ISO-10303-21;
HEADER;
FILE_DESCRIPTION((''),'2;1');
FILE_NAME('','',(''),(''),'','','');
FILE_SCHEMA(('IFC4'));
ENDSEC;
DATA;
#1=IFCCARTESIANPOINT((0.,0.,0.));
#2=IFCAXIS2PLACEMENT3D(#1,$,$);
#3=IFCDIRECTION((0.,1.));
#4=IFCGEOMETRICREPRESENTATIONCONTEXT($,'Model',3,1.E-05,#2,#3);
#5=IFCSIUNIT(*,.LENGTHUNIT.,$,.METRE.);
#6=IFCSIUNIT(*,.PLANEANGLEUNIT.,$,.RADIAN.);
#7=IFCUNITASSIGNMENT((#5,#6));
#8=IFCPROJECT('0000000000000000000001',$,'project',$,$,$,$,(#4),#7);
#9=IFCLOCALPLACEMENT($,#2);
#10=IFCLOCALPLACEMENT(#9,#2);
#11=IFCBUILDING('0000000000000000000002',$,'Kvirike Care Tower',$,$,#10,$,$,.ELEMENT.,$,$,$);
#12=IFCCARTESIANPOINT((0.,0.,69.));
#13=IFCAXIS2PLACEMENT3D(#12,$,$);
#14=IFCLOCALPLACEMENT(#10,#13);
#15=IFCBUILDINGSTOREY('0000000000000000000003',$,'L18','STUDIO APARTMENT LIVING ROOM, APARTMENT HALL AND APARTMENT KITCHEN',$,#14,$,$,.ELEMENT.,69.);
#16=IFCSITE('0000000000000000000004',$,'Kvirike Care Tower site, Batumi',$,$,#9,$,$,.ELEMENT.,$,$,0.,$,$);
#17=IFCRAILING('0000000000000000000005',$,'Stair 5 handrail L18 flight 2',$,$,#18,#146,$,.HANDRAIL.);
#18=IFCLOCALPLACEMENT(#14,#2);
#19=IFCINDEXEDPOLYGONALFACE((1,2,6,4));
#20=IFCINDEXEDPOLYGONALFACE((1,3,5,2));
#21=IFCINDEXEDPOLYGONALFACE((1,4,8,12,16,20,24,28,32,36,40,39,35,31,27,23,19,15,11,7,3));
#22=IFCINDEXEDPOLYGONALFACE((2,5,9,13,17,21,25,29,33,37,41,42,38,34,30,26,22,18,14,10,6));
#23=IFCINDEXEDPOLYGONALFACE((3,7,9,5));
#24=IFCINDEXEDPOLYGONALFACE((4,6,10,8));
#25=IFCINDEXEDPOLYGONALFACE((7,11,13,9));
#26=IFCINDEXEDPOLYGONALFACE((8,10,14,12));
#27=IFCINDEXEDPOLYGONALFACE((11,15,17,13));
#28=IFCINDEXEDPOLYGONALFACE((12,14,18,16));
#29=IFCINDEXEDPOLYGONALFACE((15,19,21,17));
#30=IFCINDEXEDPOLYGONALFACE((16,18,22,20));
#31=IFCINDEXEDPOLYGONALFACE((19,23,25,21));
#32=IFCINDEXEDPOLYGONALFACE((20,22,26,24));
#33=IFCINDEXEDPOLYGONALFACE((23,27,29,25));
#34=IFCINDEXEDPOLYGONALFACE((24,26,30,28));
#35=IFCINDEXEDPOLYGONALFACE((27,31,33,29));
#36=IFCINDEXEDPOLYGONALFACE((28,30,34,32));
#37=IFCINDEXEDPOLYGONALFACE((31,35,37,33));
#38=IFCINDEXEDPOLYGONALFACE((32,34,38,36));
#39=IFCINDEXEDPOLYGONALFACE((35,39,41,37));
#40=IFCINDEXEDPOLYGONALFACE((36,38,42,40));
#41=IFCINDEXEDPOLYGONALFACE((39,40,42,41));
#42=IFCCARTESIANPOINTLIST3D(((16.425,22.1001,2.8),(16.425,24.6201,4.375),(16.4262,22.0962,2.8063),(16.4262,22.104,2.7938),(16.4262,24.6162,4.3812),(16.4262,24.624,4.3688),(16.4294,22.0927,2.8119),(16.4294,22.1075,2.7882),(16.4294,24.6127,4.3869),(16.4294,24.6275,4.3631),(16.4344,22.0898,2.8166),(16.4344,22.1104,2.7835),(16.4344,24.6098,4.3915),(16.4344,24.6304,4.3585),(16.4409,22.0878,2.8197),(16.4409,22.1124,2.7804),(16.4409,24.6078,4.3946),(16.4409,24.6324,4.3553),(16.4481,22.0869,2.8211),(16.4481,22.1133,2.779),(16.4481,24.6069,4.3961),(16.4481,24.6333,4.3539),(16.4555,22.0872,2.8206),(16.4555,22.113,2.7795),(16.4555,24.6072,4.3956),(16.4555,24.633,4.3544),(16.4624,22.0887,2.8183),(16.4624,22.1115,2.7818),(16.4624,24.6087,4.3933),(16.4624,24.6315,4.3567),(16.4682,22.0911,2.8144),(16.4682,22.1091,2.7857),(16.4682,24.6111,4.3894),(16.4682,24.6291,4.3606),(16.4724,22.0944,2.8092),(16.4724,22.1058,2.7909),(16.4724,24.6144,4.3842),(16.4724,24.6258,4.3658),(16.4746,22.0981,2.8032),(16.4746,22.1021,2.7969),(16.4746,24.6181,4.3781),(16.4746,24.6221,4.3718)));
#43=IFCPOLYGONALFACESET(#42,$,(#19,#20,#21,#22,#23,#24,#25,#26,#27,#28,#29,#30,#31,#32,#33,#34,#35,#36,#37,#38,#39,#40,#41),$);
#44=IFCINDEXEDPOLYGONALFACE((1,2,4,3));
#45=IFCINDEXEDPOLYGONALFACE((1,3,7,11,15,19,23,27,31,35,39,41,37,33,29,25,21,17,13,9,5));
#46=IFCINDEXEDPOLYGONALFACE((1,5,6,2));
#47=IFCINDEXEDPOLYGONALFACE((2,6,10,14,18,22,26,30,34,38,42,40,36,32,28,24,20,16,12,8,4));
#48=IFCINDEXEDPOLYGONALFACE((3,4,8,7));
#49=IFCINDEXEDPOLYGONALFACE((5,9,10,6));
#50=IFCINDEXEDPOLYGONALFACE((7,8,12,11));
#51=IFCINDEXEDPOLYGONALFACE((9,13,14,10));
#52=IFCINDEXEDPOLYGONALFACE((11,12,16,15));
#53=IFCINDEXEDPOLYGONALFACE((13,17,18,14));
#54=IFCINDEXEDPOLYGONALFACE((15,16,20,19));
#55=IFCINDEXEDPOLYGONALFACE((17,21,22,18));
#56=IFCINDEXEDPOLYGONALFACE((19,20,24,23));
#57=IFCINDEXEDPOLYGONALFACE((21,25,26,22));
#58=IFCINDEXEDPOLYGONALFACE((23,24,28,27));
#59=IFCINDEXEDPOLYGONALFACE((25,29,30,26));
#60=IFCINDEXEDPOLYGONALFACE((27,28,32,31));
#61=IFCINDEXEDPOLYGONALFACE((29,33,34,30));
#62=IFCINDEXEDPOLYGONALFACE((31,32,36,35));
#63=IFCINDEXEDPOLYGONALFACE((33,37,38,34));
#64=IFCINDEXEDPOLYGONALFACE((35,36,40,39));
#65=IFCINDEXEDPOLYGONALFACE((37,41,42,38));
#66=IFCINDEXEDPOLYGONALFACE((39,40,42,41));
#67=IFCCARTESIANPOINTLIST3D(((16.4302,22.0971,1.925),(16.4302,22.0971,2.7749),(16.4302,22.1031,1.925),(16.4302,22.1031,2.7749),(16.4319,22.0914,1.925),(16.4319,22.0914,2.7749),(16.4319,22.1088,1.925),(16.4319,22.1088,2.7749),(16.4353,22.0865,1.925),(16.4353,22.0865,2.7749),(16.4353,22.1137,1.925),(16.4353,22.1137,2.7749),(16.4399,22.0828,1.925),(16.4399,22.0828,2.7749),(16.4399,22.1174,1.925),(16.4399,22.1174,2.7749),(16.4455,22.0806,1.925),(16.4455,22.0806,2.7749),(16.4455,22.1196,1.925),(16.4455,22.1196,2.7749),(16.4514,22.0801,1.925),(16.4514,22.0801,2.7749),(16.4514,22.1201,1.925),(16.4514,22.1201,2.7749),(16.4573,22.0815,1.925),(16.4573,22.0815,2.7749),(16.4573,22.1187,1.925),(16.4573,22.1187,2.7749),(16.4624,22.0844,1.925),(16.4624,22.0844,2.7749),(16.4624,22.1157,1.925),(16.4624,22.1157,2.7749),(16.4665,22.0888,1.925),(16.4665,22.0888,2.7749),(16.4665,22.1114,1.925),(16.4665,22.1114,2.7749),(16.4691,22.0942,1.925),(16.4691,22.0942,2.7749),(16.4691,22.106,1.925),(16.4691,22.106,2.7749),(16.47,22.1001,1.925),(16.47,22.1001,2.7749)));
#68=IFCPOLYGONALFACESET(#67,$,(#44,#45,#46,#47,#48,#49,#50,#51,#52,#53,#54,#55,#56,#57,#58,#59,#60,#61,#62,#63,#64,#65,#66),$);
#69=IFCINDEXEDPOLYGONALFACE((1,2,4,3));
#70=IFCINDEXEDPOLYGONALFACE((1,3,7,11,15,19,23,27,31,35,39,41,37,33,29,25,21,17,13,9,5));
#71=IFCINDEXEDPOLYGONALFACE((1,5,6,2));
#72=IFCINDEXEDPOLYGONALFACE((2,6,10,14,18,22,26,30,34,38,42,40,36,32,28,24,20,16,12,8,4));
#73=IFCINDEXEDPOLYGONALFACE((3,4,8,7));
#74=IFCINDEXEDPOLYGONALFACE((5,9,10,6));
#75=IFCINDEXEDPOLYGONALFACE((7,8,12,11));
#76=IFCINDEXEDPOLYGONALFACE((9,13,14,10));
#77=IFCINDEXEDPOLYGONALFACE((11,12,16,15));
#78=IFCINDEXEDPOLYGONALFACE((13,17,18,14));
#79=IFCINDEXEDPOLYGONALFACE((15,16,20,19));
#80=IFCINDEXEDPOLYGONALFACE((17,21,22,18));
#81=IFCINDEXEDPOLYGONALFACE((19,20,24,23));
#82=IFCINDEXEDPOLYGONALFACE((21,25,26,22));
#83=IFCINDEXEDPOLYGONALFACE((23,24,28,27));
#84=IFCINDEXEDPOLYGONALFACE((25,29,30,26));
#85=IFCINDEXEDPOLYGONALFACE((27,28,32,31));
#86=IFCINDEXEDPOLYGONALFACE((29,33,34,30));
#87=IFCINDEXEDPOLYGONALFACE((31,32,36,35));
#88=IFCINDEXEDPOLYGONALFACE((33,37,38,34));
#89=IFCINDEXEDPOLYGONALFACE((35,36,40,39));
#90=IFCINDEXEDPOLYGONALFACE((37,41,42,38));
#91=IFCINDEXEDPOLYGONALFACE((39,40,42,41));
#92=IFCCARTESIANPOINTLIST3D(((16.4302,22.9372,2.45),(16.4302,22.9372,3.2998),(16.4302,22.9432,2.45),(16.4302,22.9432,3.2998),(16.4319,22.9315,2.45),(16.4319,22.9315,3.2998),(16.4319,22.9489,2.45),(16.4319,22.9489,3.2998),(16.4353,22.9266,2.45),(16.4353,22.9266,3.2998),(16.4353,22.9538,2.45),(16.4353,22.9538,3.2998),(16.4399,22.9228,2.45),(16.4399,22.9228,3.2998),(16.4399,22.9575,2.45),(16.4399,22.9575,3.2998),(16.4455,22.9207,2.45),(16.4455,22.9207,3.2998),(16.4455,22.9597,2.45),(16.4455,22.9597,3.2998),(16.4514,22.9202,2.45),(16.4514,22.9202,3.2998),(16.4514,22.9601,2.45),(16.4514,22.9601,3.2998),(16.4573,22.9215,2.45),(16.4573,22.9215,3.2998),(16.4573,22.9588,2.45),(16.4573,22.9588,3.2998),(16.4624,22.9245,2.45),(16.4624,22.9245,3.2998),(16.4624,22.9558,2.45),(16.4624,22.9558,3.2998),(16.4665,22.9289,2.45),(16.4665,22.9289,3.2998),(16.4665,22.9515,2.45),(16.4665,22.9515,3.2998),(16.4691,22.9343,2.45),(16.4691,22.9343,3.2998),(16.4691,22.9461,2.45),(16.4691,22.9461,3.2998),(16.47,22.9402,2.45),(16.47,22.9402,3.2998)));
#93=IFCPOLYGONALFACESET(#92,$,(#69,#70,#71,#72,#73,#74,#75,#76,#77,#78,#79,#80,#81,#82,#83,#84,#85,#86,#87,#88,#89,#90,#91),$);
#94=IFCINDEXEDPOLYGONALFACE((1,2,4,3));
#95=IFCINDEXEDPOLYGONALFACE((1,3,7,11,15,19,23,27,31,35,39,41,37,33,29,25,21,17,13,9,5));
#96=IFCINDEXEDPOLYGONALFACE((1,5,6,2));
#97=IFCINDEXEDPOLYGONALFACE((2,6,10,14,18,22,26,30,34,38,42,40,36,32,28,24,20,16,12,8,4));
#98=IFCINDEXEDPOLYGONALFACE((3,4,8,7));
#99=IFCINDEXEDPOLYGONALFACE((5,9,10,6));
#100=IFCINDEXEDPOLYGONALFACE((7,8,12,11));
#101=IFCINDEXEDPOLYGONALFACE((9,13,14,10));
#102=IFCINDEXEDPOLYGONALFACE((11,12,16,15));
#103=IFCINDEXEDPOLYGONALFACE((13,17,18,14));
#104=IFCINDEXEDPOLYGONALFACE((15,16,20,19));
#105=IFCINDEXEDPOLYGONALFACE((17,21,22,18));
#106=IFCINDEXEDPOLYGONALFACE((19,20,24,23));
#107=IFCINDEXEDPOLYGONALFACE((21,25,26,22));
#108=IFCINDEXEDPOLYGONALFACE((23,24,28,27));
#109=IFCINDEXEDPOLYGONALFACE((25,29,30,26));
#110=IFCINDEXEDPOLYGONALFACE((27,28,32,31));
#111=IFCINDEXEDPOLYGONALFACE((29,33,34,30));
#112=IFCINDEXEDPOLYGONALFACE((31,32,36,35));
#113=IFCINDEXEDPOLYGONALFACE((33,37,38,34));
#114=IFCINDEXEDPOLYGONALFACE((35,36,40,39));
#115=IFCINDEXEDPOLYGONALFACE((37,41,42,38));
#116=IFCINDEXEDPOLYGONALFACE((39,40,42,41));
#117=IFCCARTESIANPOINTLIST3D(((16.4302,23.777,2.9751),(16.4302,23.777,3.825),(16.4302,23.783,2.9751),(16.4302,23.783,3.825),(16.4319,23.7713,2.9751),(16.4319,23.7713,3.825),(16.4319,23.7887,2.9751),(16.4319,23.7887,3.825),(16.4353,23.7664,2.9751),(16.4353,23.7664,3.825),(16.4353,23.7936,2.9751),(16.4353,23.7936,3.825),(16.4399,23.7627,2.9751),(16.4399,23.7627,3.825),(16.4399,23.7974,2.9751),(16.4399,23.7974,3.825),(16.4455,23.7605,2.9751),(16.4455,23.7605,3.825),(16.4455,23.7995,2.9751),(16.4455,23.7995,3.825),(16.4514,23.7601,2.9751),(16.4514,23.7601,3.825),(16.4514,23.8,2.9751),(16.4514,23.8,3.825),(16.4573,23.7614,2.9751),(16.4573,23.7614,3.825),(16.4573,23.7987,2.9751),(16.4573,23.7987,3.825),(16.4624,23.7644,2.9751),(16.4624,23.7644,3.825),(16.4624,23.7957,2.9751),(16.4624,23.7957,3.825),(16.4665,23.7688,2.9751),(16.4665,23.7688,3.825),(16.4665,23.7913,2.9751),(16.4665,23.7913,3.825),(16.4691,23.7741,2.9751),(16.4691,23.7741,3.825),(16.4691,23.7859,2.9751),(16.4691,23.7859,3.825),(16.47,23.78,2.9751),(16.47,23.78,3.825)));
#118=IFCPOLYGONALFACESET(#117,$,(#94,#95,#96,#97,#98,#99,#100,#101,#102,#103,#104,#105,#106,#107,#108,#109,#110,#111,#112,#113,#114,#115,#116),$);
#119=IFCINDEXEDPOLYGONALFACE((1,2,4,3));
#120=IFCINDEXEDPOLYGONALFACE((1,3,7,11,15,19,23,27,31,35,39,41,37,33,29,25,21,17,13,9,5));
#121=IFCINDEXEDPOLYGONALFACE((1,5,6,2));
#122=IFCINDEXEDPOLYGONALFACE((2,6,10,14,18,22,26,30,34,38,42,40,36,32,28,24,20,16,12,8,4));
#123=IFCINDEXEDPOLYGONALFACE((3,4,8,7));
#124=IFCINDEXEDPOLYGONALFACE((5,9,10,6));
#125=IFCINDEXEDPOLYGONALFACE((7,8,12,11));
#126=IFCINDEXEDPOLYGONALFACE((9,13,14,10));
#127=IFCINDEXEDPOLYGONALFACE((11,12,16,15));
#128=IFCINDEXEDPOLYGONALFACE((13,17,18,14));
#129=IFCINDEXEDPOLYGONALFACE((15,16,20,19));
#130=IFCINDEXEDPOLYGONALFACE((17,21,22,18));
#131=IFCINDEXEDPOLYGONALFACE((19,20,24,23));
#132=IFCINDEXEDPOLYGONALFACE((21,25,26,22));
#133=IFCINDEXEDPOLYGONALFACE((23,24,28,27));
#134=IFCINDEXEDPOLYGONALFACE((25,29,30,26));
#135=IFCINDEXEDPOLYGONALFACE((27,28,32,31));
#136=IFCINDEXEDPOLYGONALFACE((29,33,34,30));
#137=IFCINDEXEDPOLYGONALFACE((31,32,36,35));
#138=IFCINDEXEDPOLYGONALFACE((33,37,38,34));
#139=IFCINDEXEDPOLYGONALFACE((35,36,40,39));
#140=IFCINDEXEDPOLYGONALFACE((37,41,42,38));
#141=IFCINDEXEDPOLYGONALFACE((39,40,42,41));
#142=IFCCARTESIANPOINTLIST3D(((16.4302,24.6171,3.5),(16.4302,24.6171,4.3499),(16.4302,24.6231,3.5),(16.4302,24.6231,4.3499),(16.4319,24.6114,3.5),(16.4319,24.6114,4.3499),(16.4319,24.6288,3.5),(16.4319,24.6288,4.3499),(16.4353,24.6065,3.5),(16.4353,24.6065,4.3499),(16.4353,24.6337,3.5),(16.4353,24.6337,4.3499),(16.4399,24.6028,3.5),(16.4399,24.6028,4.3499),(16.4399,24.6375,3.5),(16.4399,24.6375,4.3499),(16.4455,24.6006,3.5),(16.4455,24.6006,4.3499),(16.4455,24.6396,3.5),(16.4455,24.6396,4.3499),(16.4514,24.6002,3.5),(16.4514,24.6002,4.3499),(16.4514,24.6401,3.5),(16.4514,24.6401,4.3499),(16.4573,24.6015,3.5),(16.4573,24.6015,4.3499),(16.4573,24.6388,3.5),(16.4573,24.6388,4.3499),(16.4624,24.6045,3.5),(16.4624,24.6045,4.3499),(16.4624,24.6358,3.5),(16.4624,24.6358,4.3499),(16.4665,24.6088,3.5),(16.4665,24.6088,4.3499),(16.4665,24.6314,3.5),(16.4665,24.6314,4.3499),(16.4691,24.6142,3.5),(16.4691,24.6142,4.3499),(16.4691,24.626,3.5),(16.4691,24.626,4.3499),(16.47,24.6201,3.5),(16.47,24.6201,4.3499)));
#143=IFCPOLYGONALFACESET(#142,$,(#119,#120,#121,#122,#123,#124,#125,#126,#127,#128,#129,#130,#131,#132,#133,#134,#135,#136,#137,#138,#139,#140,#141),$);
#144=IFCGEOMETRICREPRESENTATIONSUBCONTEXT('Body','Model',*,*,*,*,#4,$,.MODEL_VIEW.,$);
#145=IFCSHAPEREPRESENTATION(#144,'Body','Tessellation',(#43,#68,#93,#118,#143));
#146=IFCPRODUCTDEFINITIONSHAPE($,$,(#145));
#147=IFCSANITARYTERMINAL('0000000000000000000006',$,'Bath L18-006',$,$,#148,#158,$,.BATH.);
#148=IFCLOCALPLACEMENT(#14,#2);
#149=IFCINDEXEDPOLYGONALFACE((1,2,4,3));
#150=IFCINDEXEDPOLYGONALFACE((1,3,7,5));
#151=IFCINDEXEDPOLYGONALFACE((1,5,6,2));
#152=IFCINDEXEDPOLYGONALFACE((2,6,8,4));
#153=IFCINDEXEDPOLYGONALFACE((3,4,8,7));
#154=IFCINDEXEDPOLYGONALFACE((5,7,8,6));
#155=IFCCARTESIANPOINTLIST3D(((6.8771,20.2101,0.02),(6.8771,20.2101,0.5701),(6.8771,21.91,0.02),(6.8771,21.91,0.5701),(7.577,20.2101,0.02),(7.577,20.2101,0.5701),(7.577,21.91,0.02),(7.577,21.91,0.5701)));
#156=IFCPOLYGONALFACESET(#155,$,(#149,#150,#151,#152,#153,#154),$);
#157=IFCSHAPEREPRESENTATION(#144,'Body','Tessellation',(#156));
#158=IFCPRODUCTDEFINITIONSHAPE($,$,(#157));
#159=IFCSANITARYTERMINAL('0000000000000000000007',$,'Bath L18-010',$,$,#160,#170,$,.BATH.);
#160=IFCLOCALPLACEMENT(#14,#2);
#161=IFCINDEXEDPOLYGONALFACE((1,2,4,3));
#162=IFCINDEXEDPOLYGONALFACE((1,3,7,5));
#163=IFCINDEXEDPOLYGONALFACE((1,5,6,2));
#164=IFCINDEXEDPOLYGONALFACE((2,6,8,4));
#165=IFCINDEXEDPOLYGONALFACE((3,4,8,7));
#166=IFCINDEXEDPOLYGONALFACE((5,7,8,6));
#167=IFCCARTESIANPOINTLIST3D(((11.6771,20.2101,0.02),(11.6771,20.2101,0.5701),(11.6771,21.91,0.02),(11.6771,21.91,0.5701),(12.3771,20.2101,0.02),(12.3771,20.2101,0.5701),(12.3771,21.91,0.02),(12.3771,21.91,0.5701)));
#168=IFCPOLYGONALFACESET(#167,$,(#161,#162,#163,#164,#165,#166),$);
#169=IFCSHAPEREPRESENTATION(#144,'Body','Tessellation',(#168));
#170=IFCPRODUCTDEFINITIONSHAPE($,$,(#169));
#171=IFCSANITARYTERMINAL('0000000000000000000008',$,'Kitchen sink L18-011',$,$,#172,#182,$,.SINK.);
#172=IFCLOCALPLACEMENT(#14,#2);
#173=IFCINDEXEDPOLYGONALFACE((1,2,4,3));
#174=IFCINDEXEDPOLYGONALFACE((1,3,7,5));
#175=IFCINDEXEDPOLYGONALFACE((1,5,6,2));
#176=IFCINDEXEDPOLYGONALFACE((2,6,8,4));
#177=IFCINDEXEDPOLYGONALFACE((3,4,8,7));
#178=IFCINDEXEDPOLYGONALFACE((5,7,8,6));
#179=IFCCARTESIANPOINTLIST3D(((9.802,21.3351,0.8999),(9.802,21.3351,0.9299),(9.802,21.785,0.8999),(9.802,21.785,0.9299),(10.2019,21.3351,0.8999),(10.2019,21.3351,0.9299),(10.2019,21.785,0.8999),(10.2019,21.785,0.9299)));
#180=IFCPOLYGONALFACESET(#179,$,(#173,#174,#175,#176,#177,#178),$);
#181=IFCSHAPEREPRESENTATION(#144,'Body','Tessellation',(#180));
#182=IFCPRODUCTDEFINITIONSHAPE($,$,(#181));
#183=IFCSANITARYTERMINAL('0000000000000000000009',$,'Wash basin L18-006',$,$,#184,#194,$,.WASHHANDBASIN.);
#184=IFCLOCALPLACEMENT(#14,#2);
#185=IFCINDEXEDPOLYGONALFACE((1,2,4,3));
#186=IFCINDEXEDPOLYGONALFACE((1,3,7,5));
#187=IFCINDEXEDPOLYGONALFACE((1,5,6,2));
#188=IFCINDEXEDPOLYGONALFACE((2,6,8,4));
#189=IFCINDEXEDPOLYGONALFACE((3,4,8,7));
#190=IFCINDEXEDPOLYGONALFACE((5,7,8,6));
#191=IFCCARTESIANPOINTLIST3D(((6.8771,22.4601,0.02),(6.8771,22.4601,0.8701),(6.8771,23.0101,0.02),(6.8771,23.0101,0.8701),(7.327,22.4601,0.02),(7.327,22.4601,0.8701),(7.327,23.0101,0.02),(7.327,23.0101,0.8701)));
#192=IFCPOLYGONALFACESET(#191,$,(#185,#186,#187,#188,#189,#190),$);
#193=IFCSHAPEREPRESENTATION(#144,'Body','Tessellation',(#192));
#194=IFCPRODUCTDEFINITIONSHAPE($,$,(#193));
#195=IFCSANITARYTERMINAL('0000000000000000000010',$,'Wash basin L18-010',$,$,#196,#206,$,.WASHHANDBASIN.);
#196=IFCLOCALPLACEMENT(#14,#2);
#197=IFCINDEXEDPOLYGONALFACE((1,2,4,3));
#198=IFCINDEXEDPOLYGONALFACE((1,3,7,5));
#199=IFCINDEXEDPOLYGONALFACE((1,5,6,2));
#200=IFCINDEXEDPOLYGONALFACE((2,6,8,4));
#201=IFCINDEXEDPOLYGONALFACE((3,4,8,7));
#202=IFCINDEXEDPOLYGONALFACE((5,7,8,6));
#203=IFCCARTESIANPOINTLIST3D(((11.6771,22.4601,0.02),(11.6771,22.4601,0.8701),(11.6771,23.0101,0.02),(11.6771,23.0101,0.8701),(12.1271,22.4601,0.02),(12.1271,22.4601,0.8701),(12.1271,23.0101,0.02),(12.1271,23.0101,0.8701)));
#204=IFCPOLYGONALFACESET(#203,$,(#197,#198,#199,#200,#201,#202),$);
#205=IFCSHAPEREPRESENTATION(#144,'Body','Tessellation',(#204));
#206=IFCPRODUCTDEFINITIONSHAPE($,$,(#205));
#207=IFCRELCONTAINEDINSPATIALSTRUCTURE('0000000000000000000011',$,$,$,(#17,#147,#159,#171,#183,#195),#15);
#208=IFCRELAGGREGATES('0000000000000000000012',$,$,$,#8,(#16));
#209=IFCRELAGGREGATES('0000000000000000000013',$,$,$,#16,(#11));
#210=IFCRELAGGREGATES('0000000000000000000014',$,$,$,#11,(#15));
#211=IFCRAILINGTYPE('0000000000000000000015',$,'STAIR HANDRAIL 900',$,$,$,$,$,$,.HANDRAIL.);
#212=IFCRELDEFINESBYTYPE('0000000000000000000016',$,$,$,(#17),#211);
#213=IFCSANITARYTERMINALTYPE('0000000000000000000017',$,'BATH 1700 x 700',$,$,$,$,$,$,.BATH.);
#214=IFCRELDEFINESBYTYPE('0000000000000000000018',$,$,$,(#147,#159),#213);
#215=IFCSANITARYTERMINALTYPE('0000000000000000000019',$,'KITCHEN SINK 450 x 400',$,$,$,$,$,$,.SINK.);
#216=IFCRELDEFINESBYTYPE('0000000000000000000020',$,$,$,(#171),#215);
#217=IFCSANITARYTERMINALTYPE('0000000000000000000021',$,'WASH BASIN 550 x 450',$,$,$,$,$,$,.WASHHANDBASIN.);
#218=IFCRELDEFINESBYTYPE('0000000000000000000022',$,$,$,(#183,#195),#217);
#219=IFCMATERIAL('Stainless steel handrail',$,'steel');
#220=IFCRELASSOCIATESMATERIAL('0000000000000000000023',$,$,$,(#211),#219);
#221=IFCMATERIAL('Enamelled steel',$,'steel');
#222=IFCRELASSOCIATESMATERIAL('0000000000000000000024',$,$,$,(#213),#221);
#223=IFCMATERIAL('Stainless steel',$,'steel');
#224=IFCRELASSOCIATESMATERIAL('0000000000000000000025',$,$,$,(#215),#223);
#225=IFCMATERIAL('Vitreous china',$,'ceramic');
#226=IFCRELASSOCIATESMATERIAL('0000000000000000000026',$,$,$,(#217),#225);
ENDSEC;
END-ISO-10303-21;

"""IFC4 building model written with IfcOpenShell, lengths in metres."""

from ifc_helpers import new_model, si_unit, direction, frame, origin, origin_2d, place, context, subcontext, project, spatial, rectangle, circle, extrude, material, type_object, element, save


model = new_model("IFC4")

# Units and contexts
model_context = context("Model", 3, precision=1e-05, world=origin(), true_north=direction((0.0, 1.0)))
body_context = subcontext(model_context, "Body", "Model", "MODEL_VIEW")
ifc_project = project(units=[si_unit("LENGTHUNIT", "METRE"), si_unit("PLANEANGLEUNIT", "RADIAN")], contexts=[model_context])

# Site, building, storey
site_placement = place(None, origin())
site = spatial("IfcSite", under=ifc_project, at=site_placement, Name="Kvirike Care Tower site, Batumi", CompositionType="ELEMENT", RefElevation=0.0)
building_placement = place(site_placement, origin())
building = spatial("IfcBuilding", under=site, at=building_placement, Name="Kvirike Care Tower", CompositionType="ELEMENT")
storey_placement = place(building_placement, frame((0.0, 0.0, 69.0)))
storey = spatial("IfcBuildingStorey", under=building, at=storey_placement, Name="L18", Description="STUDIO APARTMENT LIVING ROOM, APARTMENT HALL AND APARTMENT KITCHEN", CompositionType="ELEMENT", Elevation=69.0)

# Railing
ifc_material_1 = material(Name="Stainless steel handrail", Category="steel")
railing_type = type_object("IfcRailingType", Name="STAIR HANDRAIL 900", PredefinedType="HANDRAIL", material=ifc_material_1)
railing_placement = place(storey_placement, frame((16.45, 22.1001, 1.925)))
element("IfcRailing", 1, at=railing_placement, inside=storey, type_object=railing_type, Name="Stair 5 handrail L18 flight 2", PredefinedType="HANDRAIL", context=body_context, shape_type="SweptSolid", body=[
    extrude(circle(Radius=0.0249, at=origin_2d()), frame((0.0, 0.0, 0.875), z_axis=(0.0, 0.848008, 0.529984), x_axis=(-1.0, 0.0, 0.0)), (0.0, 0.0, 1.0), 2.9717),
    extrude(circle(Radius=0.02, at=origin_2d()), origin(), (0.0, 0.0, 1.0), 0.8499),
    extrude(circle(Radius=0.02, at=origin_2d()), frame((0.0, 0.8401, 0.5249)), (0.0, 0.0, 1.0), 0.8499),
    extrude(circle(Radius=0.02, at=origin_2d()), frame((0.0, 1.6799, 1.05)), (0.0, 0.0, 1.0), 0.8499),
    extrude(circle(Radius=0.02, at=origin_2d()), frame((0.0, 2.52, 1.575)), (0.0, 0.0, 1.0), 0.8499),
])

# Sanitary terminals
ifc_material_2 = material(Name="Enamelled steel", Category="steel")
sanitary_terminal_type_1 = type_object("IfcSanitaryTerminalType", Name="BATH 1700 x 700", PredefinedType="BATH", material=ifc_material_2)
for number, where, z_axis, x_axis, name in (
    (2, (7.2271, 21.0601, 0.02), (0.0, 0.0, 1.0), (0.0, 1.0, 0.0), "Bath L18-006"),
    (3, (12.0271, 21.0601, 0.02), (0.0, 0.0, 1.0), (0.0, 1.0, 0.0), "Bath L18-010"),
):
    element("IfcSanitaryTerminal", number, at=place(storey_placement, frame(where, z_axis=z_axis, x_axis=x_axis)), inside=storey, type_object=sanitary_terminal_type_1, Name=name, PredefinedType="BATH", context=body_context, shape_type="SweptSolid", body=[
        extrude(rectangle(XDim=1.7, YDim=0.7, at=origin_2d()), origin(), (0.0, 0.0, 1.0), 0.55),
    ])
ifc_material_3 = material(Name="Stainless steel", Category="steel")
sanitary_terminal_type_2 = type_object("IfcSanitaryTerminalType", Name="KITCHEN SINK 450 x 400", PredefinedType="SINK", material=ifc_material_3)
sanitary_terminal_placement = place(storey_placement, frame((10.002, 21.5601, 0.8999), z_axis=(0.0, 0.0, 1.0), x_axis=(0.0, 1.0, 0.0)))
element("IfcSanitaryTerminal", 4, at=sanitary_terminal_placement, inside=storey, type_object=sanitary_terminal_type_2, Name="Kitchen sink L18-011", PredefinedType="SINK", context=body_context, shape_type="SweptSolid", body=[
    extrude(rectangle(XDim=0.45, YDim=0.3999, at=origin_2d()), origin(), (0.0, 0.0, 1.0), 0.03),
])
ifc_material_4 = material(Name="Vitreous china", Category="ceramic")
sanitary_terminal_type_3 = type_object("IfcSanitaryTerminalType", Name="WASH BASIN 550 x 450", PredefinedType="WASHHANDBASIN", material=ifc_material_4)
for number, where, z_axis, x_axis, name in (
    (5, (7.1021, 22.7351, 0.02), (0.0, 0.0, 1.0), (0.0, 1.0, 0.0), "Wash basin L18-006"),
    (6, (11.9021, 22.7351, 0.02), (0.0, 0.0, 1.0), (0.0, 1.0, 0.0), "Wash basin L18-010"),
):
    element("IfcSanitaryTerminal", number, at=place(storey_placement, frame(where, z_axis=z_axis, x_axis=x_axis)), inside=storey, type_object=sanitary_terminal_type_3, Name=name, PredefinedType="WASHHANDBASIN", context=body_context, shape_type="SweptSolid", body=[
        extrude(rectangle(XDim=0.55, YDim=0.45, at=origin_2d()), origin(), (0.0, 0.0, 1.0), 0.8501),
    ])

save(model, "model.ifc")
